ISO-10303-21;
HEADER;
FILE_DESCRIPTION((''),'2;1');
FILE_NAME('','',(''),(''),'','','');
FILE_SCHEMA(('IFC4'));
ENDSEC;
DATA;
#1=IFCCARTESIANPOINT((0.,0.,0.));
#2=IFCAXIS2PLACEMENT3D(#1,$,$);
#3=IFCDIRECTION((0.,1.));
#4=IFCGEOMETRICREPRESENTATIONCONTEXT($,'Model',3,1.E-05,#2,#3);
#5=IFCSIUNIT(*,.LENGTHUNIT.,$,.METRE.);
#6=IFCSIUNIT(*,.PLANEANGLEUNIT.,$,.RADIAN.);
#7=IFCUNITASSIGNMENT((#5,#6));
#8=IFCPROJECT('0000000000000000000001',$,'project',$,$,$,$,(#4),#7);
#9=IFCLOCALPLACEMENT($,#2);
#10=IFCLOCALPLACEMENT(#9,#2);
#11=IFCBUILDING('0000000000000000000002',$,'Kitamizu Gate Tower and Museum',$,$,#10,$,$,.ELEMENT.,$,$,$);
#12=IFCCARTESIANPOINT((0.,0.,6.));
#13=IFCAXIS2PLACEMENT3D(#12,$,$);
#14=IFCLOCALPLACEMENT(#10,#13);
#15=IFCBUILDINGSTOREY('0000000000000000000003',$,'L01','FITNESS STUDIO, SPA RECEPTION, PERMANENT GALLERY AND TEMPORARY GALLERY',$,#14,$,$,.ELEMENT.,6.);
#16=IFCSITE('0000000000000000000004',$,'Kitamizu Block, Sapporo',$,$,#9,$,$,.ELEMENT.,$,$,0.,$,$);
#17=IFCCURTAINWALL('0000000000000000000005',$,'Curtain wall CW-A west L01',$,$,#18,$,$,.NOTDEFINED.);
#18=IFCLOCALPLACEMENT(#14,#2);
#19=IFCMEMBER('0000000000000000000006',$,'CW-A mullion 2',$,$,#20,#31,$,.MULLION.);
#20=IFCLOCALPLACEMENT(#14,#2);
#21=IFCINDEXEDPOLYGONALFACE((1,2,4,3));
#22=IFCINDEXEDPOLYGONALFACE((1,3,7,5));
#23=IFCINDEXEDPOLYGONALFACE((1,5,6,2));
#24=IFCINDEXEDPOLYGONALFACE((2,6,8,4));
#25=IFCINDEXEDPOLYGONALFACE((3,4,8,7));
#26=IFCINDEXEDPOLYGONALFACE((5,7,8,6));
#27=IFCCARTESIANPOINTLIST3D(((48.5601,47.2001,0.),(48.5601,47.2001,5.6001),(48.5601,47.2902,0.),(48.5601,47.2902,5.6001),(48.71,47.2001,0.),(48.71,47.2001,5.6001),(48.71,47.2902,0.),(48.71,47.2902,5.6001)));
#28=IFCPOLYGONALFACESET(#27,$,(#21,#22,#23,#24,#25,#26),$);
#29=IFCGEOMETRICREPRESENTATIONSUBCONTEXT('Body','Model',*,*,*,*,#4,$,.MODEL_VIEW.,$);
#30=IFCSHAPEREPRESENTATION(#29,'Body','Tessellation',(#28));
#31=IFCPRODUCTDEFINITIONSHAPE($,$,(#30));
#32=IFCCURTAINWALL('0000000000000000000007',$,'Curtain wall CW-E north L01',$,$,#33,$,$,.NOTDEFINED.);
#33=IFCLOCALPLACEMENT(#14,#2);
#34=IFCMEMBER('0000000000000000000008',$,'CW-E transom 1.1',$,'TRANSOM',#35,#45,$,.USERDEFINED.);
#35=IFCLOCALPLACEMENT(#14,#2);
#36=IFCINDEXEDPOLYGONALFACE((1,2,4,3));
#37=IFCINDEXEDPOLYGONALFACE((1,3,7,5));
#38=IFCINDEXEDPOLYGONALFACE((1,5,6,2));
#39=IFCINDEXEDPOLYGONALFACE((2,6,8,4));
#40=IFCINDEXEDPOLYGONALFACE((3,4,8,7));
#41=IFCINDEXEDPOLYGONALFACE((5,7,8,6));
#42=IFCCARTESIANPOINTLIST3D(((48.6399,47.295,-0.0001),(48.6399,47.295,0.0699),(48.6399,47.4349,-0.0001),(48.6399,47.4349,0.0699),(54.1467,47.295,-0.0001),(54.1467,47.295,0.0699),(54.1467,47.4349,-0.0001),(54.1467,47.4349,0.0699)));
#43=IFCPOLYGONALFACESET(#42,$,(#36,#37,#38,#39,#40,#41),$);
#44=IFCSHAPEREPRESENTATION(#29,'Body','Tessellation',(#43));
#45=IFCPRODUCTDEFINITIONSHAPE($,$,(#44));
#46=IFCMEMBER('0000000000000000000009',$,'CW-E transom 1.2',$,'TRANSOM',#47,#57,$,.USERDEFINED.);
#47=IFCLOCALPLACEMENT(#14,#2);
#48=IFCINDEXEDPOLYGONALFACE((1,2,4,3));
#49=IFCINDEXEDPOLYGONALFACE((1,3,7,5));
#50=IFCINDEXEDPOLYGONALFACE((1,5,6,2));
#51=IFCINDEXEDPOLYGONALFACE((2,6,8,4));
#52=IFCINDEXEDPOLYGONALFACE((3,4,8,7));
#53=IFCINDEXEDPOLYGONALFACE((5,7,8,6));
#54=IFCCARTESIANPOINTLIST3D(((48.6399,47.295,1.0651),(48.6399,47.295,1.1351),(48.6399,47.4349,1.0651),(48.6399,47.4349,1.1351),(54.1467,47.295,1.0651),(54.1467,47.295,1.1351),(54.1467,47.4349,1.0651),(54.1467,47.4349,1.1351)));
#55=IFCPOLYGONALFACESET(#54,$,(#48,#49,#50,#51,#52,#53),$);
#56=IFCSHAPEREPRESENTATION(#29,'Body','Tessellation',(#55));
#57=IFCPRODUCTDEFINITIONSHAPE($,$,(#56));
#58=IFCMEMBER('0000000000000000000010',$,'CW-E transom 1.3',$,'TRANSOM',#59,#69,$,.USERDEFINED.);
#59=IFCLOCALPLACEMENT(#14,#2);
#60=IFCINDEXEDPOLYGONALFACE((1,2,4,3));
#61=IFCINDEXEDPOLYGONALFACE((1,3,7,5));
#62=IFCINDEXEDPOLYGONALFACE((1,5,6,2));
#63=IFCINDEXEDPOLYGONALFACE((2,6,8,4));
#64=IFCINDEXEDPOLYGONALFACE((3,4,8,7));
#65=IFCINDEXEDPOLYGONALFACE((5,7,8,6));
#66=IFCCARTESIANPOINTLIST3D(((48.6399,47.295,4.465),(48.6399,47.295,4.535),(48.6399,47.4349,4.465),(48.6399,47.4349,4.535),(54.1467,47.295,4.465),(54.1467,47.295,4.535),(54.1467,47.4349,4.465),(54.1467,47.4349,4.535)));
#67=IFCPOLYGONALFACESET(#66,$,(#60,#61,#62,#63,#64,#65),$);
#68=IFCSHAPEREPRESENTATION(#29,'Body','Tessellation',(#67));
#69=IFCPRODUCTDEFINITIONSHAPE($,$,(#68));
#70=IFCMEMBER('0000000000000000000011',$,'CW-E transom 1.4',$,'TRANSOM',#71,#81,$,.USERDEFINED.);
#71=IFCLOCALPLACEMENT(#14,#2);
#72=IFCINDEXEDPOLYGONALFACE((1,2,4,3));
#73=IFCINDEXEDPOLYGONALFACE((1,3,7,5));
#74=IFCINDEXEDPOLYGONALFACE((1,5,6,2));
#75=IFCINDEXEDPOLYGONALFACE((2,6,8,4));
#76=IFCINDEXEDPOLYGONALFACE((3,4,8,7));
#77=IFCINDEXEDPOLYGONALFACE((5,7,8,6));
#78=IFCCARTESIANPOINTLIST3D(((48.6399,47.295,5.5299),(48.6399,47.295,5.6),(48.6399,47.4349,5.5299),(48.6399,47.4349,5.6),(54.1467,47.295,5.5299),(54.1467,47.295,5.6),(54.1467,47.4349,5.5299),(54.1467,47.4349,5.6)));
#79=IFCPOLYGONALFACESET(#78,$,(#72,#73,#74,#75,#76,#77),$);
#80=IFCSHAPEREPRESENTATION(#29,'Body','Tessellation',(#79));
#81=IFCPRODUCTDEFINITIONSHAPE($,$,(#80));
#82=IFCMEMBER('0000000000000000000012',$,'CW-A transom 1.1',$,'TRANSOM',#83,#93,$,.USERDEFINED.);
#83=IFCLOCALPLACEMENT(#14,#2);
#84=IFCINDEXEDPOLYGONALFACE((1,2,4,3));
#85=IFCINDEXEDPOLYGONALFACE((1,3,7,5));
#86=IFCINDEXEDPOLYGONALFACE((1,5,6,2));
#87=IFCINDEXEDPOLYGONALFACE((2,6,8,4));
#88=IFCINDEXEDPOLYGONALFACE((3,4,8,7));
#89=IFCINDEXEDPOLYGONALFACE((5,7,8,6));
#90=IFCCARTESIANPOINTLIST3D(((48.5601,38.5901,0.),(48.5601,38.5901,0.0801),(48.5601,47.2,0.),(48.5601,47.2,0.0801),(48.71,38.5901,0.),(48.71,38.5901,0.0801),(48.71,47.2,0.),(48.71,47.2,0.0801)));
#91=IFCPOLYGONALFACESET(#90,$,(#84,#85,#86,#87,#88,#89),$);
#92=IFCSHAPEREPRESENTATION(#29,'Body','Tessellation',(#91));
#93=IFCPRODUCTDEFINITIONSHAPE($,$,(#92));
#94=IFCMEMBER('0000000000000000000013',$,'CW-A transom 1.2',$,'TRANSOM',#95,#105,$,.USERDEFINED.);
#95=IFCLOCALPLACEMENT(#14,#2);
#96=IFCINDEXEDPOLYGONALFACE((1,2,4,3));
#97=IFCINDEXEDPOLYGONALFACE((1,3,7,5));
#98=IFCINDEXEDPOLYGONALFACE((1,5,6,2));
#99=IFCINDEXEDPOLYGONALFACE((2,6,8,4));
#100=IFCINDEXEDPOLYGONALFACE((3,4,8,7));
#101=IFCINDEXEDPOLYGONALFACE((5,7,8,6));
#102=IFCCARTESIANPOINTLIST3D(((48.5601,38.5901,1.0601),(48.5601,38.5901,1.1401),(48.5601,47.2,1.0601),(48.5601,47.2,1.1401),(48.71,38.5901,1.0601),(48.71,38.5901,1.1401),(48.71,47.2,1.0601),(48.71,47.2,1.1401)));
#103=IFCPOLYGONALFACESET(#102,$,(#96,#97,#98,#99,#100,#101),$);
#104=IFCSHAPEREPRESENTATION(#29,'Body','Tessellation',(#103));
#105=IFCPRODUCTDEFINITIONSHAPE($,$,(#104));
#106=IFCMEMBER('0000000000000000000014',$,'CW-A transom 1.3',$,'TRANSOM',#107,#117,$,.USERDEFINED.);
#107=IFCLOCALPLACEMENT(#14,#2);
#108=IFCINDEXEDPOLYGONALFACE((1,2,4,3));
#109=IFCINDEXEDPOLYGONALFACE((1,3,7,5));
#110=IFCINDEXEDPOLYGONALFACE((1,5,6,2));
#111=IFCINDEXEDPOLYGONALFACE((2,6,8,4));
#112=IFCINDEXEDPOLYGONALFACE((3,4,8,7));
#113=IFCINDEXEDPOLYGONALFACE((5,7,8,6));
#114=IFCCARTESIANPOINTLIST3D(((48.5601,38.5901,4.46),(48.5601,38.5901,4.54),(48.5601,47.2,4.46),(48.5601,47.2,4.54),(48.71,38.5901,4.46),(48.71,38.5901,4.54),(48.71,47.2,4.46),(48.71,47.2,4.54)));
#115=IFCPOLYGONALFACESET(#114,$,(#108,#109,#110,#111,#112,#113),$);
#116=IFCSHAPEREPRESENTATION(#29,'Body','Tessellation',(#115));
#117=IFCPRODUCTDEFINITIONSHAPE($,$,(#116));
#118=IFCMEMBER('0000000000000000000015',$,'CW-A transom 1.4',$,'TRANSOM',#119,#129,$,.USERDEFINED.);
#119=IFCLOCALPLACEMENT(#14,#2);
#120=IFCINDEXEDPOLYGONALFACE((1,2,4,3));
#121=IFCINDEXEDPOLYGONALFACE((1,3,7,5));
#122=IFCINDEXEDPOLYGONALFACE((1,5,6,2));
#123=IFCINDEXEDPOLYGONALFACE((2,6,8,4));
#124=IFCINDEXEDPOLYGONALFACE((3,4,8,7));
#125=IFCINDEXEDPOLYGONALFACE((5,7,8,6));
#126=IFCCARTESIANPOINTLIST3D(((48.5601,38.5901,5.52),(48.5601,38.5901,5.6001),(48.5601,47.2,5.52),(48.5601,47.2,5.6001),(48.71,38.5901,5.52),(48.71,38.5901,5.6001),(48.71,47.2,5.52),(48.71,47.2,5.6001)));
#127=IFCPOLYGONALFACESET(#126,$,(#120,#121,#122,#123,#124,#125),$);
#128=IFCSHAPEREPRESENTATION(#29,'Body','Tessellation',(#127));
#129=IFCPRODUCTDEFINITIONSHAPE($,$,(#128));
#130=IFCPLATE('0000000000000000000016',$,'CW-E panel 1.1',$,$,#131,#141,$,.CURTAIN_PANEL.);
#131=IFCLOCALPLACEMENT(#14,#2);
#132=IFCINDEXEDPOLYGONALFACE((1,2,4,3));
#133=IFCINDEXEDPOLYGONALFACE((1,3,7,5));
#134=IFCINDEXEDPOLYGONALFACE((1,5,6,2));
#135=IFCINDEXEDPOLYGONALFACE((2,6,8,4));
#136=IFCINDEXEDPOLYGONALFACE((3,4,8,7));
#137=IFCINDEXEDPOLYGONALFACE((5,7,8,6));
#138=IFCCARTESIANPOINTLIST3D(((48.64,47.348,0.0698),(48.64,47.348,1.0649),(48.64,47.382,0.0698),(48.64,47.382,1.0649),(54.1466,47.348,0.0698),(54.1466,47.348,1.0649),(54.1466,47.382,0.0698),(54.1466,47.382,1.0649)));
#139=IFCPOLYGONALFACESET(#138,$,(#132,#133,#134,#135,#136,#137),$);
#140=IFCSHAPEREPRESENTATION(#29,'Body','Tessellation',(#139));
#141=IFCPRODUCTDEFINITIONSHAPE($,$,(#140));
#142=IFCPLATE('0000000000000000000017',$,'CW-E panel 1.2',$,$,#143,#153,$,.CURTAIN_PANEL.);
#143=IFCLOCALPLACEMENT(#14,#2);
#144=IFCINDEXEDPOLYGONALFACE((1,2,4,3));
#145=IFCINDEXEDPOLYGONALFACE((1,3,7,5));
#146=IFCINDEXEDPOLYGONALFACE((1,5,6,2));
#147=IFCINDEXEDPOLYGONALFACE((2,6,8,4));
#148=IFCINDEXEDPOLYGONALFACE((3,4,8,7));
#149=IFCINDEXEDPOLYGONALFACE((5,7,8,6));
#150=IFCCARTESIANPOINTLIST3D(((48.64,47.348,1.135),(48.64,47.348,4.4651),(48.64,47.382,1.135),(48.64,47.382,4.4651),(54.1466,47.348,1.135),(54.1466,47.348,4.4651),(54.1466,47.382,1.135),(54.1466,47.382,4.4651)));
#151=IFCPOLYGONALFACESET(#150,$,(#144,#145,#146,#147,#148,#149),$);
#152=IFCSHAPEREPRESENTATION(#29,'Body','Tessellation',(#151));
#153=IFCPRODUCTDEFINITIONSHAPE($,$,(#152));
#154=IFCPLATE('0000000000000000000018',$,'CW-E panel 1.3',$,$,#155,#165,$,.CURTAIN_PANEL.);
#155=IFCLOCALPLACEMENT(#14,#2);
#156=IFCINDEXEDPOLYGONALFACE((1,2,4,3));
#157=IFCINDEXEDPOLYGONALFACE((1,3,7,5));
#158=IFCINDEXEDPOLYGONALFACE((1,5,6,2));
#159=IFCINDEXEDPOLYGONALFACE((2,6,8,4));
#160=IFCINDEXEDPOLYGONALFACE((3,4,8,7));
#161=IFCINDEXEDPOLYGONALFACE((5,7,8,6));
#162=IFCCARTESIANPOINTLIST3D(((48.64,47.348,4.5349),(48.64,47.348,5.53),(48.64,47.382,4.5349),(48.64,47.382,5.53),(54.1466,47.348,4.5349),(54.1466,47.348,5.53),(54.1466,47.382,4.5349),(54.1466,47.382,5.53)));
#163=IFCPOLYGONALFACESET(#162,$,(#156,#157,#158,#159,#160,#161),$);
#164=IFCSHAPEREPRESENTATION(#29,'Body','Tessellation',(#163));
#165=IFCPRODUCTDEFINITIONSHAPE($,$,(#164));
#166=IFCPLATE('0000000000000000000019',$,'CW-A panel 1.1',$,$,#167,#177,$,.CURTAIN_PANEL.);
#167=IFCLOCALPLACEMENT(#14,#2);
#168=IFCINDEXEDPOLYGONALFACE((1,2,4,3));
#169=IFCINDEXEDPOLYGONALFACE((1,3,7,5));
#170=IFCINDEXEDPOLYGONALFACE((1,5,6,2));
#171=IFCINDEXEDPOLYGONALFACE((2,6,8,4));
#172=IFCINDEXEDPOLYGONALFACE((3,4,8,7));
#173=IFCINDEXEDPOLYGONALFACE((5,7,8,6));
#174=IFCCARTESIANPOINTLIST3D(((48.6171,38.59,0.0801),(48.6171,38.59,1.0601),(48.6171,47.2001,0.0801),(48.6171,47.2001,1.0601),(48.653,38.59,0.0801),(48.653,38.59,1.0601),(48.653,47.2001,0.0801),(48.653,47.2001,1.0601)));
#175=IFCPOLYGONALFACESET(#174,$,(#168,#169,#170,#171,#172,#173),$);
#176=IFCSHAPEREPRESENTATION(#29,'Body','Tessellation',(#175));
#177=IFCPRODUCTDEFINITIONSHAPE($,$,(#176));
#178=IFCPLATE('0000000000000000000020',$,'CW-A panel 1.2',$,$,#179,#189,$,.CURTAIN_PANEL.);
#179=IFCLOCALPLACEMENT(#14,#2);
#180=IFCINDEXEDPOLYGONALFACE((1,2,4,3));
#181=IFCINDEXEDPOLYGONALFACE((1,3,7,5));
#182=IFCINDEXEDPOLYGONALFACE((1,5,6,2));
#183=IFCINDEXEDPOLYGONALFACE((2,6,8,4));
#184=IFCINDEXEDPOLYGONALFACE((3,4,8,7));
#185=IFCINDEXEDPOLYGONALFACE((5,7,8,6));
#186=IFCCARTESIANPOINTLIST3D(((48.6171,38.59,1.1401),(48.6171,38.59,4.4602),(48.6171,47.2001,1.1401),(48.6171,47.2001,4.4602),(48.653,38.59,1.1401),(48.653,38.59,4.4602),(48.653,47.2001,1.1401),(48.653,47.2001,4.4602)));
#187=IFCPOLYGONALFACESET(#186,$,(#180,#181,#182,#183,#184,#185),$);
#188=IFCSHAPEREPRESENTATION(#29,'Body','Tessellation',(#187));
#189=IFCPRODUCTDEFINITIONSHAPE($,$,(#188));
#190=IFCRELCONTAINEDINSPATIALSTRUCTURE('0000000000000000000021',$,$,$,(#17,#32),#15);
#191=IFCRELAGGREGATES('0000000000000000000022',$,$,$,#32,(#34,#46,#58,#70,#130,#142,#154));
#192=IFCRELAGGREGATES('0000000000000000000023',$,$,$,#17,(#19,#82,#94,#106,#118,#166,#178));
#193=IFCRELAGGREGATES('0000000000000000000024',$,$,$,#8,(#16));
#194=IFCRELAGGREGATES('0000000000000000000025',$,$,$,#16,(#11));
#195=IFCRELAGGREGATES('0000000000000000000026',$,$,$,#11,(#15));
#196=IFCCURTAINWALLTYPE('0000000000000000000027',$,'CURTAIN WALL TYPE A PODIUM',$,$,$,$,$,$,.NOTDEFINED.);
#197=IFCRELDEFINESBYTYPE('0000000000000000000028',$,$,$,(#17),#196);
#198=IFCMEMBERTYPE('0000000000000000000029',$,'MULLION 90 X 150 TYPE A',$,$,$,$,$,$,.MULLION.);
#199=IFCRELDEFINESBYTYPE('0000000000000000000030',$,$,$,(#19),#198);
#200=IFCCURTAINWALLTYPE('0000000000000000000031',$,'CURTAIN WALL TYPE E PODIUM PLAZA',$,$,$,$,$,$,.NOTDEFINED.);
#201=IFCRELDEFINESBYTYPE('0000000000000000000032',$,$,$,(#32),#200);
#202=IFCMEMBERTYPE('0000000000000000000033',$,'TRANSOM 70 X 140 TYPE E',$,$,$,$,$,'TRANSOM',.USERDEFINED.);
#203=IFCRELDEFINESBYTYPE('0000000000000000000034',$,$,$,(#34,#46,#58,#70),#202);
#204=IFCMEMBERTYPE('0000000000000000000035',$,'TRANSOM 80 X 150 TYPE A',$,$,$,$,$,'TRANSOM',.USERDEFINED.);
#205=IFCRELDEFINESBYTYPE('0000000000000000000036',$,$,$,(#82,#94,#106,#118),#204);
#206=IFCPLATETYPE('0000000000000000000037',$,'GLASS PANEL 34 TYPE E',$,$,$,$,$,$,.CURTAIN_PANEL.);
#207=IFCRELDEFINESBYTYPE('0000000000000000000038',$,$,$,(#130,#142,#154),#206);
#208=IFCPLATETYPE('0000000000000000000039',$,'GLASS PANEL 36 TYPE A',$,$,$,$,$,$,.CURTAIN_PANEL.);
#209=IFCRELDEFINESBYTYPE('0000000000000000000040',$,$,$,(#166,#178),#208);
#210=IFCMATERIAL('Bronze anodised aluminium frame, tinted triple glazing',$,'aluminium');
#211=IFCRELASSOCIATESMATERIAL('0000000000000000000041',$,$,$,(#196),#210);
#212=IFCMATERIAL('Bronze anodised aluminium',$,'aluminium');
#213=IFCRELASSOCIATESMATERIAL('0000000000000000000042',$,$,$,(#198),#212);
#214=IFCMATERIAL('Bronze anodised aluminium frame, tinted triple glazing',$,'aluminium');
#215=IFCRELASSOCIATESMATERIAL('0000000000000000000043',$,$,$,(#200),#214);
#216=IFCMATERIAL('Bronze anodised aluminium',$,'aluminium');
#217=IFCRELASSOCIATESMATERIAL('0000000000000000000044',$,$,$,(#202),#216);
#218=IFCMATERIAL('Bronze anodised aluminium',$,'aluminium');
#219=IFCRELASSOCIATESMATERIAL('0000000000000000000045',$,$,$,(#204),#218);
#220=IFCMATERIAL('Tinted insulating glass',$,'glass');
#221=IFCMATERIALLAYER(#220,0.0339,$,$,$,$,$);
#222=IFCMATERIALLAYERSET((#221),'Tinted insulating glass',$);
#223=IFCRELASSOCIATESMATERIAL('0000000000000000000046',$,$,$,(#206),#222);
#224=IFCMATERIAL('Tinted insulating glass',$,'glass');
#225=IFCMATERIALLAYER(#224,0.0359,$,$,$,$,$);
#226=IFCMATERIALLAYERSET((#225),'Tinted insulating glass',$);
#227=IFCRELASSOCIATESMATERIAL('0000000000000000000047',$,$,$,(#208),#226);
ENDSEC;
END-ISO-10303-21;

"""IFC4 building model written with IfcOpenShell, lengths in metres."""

from ifc_helpers import new_model, si_unit, direction, frame, origin, origin_2d, place, context, subcontext, project, spatial, rectangle, extrude, material, layer, layer_set, material_profile, profile_set, type_object, element, aggregate, save


model = new_model("IFC4")

# Units and contexts
model_context = context("Model", 3, precision=1e-05, world=origin(), true_north=direction((0.0, 1.0)))
body_context = subcontext(model_context, "Body", "Model", "MODEL_VIEW")
ifc_project = project(units=[si_unit("LENGTHUNIT", "METRE"), si_unit("PLANEANGLEUNIT", "RADIAN")], contexts=[model_context])

# Site, building, storey
site_placement = place(None, origin())
site = spatial("IfcSite", under=ifc_project, at=site_placement, Name="Kitamizu Block, Sapporo", CompositionType="ELEMENT", RefElevation=0.0)
building_placement = place(site_placement, origin())
building = spatial("IfcBuilding", under=site, at=building_placement, Name="Kitamizu Gate Tower and Museum", CompositionType="ELEMENT")
storey_placement = place(building_placement, frame((0.0, 0.0, 6.0)))
storey = spatial("IfcBuildingStorey", under=building, at=storey_placement, Name="L01", Description="FITNESS STUDIO, SPA RECEPTION, PERMANENT GALLERY AND TEMPORARY GALLERY", CompositionType="ELEMENT", Elevation=6.0)

# Curtain wall, member
ifc_material_1 = material(Name="Bronze anodised aluminium frame, tinted triple glazing", Category="aluminium")
curtain_wall_type_1 = type_object("IfcCurtainWallType", Name="CURTAIN WALL TYPE A PODIUM", PredefinedType="NOTDEFINED", material=ifc_material_1)
curtain_wall_1_placement = place(storey_placement, origin())
curtain_wall_1 = element("IfcCurtainWall", 1, at=curtain_wall_1_placement, inside=storey, type_object=curtain_wall_type_1, Name="Curtain wall CW-A west L01", PredefinedType="NOTDEFINED")
ifc_material_2 = material(Name="Bronze anodised aluminium", Category="aluminium")
ifc_material_profile_1 = material_profile(ifc_material_2, rectangle(XDim=0.0901, YDim=0.1499, at=origin_2d()), Name="AL 90X150")
ifc_profile_set_1 = profile_set([ifc_material_profile_1], Name="Bronze anodised aluminium")
member_type_1 = type_object("IfcMemberType", Name="MULLION 90 X 150 TYPE A", PredefinedType="MULLION", material=ifc_profile_set_1)
member_1_placement = place(storey_placement, frame((48.635, 47.2451, 0.0), z_axis=(0.0, 0.0, 1.0), x_axis=(0.0, 1.0, 0.0)))
member_1 = element("IfcMember", 2, at=member_1_placement, type_object=member_type_1, Name="CW-A mullion 2", PredefinedType="MULLION", context=body_context, shape_type="SweptSolid", body=[
    extrude(rectangle(XDim=0.0901, YDim=0.1499, at=origin_2d()), origin(), (0.0, 0.0, 1.0), 5.6001),
])

# Curtain wall, members
ifc_material_3 = material(Name="Bronze anodised aluminium frame, tinted triple glazing", Category="aluminium")
curtain_wall_type_2 = type_object("IfcCurtainWallType", Name="CURTAIN WALL TYPE E PODIUM PLAZA", PredefinedType="NOTDEFINED", material=ifc_material_3)
curtain_wall_2_placement = place(storey_placement, origin())
curtain_wall_2 = element("IfcCurtainWall", 3, at=curtain_wall_2_placement, inside=storey, type_object=curtain_wall_type_2, Name="Curtain wall CW-E north L01", PredefinedType="NOTDEFINED")
ifc_material_4 = material(Name="Bronze anodised aluminium", Category="aluminium")
ifc_material_profile_2 = material_profile(ifc_material_4, rectangle(XDim=0.1399, YDim=0.0701, at=origin_2d()), Name="AL 70X140")
ifc_profile_set_2 = profile_set([ifc_material_profile_2], Name="Bronze anodised aluminium")
member_type_2 = type_object("IfcMemberType", Name="TRANSOM 70 X 140 TYPE E", ElementType="TRANSOM", PredefinedType="USERDEFINED", material=ifc_profile_set_2)
member_2_placement = place(storey_placement, frame((48.6399, 47.365, 0.0349), z_axis=(1.0, 0.0, 0.0), x_axis=(0.0, 1.0, 0.0)))
member_2 = element("IfcMember", 4, at=member_2_placement, type_object=member_type_2, Name="CW-E transom 1.1", ObjectType="TRANSOM", PredefinedType="USERDEFINED", context=body_context, shape_type="SweptSolid", body=[
    extrude(rectangle(XDim=0.1399, YDim=0.0701, at=origin_2d()), origin(), (0.0, 0.0, 1.0), 5.5068),
])
member_3_placement = place(storey_placement, frame((48.6399, 47.365, 1.1001), z_axis=(1.0, 0.0, 0.0), x_axis=(0.0, 1.0, 0.0)))
member_3 = element("IfcMember", 5, at=member_3_placement, type_object=member_type_2, Name="CW-E transom 1.2", ObjectType="TRANSOM", PredefinedType="USERDEFINED", context=body_context, shape_type="SweptSolid", body=[
    extrude(rectangle(XDim=0.1399, YDim=0.0701, at=origin_2d()), origin(), (0.0, 0.0, 1.0), 5.5068),
])
member_4_placement = place(storey_placement, frame((48.6399, 47.365, 4.5), z_axis=(1.0, 0.0, 0.0), x_axis=(0.0, 1.0, 0.0)))
member_4 = element("IfcMember", 6, at=member_4_placement, type_object=member_type_2, Name="CW-E transom 1.3", ObjectType="TRANSOM", PredefinedType="USERDEFINED", context=body_context, shape_type="SweptSolid", body=[
    extrude(rectangle(XDim=0.1399, YDim=0.0701, at=origin_2d()), origin(), (0.0, 0.0, 1.0), 5.5068),
])
member_5_placement = place(storey_placement, frame((48.6399, 47.365, 5.5649), z_axis=(1.0, 0.0, 0.0), x_axis=(0.0, 1.0, 0.0)))
member_5 = element("IfcMember", 7, at=member_5_placement, type_object=member_type_2, Name="CW-E transom 1.4", ObjectType="TRANSOM", PredefinedType="USERDEFINED", context=body_context, shape_type="SweptSolid", body=[
    extrude(rectangle(XDim=0.1399, YDim=0.0701, at=origin_2d()), origin(), (0.0, 0.0, 1.0), 5.5068),
])

# Members
ifc_material_5 = material(Name="Bronze anodised aluminium", Category="aluminium")
ifc_material_profile_3 = material_profile(ifc_material_5, rectangle(XDim=0.1499, YDim=0.0801, at=origin_2d()), Name="AL 80X150")
ifc_profile_set_3 = profile_set([ifc_material_profile_3], Name="Bronze anodised aluminium")
member_type_3 = type_object("IfcMemberType", Name="TRANSOM 80 X 150 TYPE A", ElementType="TRANSOM", PredefinedType="USERDEFINED", material=ifc_profile_set_3)
member_6_placement = place(storey_placement, frame((48.635, 38.5901, 0.04), z_axis=(0.0, 1.0, 0.0), x_axis=(-1.0, 0.0, 0.0)))
member_6 = element("IfcMember", 8, at=member_6_placement, type_object=member_type_3, Name="CW-A transom 1.1", ObjectType="TRANSOM", PredefinedType="USERDEFINED", context=body_context, shape_type="SweptSolid", body=[
    extrude(rectangle(XDim=0.1499, YDim=0.0801, at=origin_2d()), origin(), (0.0, 0.0, 1.0), 8.6099),
])
member_7_placement = place(storey_placement, frame((48.635, 38.5901, 1.1001), z_axis=(0.0, 1.0, 0.0), x_axis=(-1.0, 0.0, 0.0)))
member_7 = element("IfcMember", 9, at=member_7_placement, type_object=member_type_3, Name="CW-A transom 1.2", ObjectType="TRANSOM", PredefinedType="USERDEFINED", context=body_context, shape_type="SweptSolid", body=[
    extrude(rectangle(XDim=0.1499, YDim=0.0801, at=origin_2d()), origin(), (0.0, 0.0, 1.0), 8.6099),
])
member_8_placement = place(storey_placement, frame((48.635, 38.5901, 4.5), z_axis=(0.0, 1.0, 0.0), x_axis=(-1.0, 0.0, 0.0)))
member_8 = element("IfcMember", 10, at=member_8_placement, type_object=member_type_3, Name="CW-A transom 1.3", ObjectType="TRANSOM", PredefinedType="USERDEFINED", context=body_context, shape_type="SweptSolid", body=[
    extrude(rectangle(XDim=0.1499, YDim=0.0801, at=origin_2d()), origin(), (0.0, 0.0, 1.0), 8.6099),
])
member_9_placement = place(storey_placement, frame((48.635, 38.5901, 5.5601), z_axis=(0.0, 1.0, 0.0), x_axis=(-1.0, 0.0, 0.0)))
member_9 = element("IfcMember", 11, at=member_9_placement, type_object=member_type_3, Name="CW-A transom 1.4", ObjectType="TRANSOM", PredefinedType="USERDEFINED", context=body_context, shape_type="SweptSolid", body=[
    extrude(rectangle(XDim=0.1499, YDim=0.0801, at=origin_2d()), origin(), (0.0, 0.0, 1.0), 8.6099),
])

# Plates
ifc_material_6 = material(Name="Tinted insulating glass", Category="glass")
ifc_layer_1 = layer(ifc_material_6, 0.0339)
ifc_layer_set_1 = layer_set([ifc_layer_1], Name="Tinted insulating glass")
plate_type_1 = type_object("IfcPlateType", Name="GLASS PANEL 34 TYPE E", PredefinedType="CURTAIN_PANEL", material=ifc_layer_set_1)
plate_1_placement = place(storey_placement, frame((51.3933, 47.365, 0.0698), z_axis=(0.0, 0.0, 1.0), x_axis=(1.0, 0.0, 0.0)))
plate_1 = element("IfcPlate", 12, at=plate_1_placement, type_object=plate_type_1, Name="CW-E panel 1.1", PredefinedType="CURTAIN_PANEL", context=body_context, shape_type="SweptSolid", body=[
    extrude(rectangle(XDim=5.5066, YDim=0.0339, at=origin_2d()), origin(), (0.0, 0.0, 1.0), 0.9951),
])
plate_2_placement = place(storey_placement, frame((51.3933, 47.365, 1.135), z_axis=(0.0, 0.0, 1.0), x_axis=(1.0, 0.0, 0.0)))
plate_2 = element("IfcPlate", 13, at=plate_2_placement, type_object=plate_type_1, Name="CW-E panel 1.2", PredefinedType="CURTAIN_PANEL", context=body_context, shape_type="SweptSolid", body=[
    extrude(rectangle(XDim=5.5066, YDim=0.0339, at=origin_2d()), origin(), (0.0, 0.0, 1.0), 3.3301),
])
plate_3_placement = place(storey_placement, frame((51.3933, 47.365, 4.5349), z_axis=(0.0, 0.0, 1.0), x_axis=(1.0, 0.0, 0.0)))
plate_3 = element("IfcPlate", 14, at=plate_3_placement, type_object=plate_type_1, Name="CW-E panel 1.3", PredefinedType="CURTAIN_PANEL", context=body_context, shape_type="SweptSolid", body=[
    extrude(rectangle(XDim=5.5066, YDim=0.0339, at=origin_2d()), origin(), (0.0, 0.0, 1.0), 0.9951),
])
aggregate(curtain_wall_2, [member_2, member_3, member_4, member_5, plate_1, plate_2, plate_3])
ifc_material_7 = material(Name="Tinted insulating glass", Category="glass")
ifc_layer_2 = layer(ifc_material_7, 0.0359)
ifc_layer_set_2 = layer_set([ifc_layer_2], Name="Tinted insulating glass")
plate_type_2 = type_object("IfcPlateType", Name="GLASS PANEL 36 TYPE A", PredefinedType="CURTAIN_PANEL", material=ifc_layer_set_2)
plate_4_placement = place(storey_placement, frame((48.635, 42.895, 0.0801), z_axis=(0.0, 0.0, 1.0), x_axis=(0.0, 1.0, 0.0)))
plate_4 = element("IfcPlate", 15, at=plate_4_placement, type_object=plate_type_2, Name="CW-A panel 1.1", PredefinedType="CURTAIN_PANEL", context=body_context, shape_type="SweptSolid", body=[
    extrude(rectangle(XDim=8.6101, YDim=0.0359, at=origin_2d()), origin(), (0.0, 0.0, 1.0), 0.98),
])
plate_5_placement = place(storey_placement, frame((48.635, 42.895, 1.1401), z_axis=(0.0, 0.0, 1.0), x_axis=(0.0, 1.0, 0.0)))
plate_5 = element("IfcPlate", 16, at=plate_5_placement, type_object=plate_type_2, Name="CW-A panel 1.2", PredefinedType="CURTAIN_PANEL", context=body_context, shape_type="SweptSolid", body=[
    extrude(rectangle(XDim=8.6101, YDim=0.0359, at=origin_2d()), origin(), (0.0, 0.0, 1.0), 3.3201),
])
aggregate(curtain_wall_1, [member_1, member_6, member_7, member_8, member_9, plate_4, plate_5])

save(model, "model.ifc")
